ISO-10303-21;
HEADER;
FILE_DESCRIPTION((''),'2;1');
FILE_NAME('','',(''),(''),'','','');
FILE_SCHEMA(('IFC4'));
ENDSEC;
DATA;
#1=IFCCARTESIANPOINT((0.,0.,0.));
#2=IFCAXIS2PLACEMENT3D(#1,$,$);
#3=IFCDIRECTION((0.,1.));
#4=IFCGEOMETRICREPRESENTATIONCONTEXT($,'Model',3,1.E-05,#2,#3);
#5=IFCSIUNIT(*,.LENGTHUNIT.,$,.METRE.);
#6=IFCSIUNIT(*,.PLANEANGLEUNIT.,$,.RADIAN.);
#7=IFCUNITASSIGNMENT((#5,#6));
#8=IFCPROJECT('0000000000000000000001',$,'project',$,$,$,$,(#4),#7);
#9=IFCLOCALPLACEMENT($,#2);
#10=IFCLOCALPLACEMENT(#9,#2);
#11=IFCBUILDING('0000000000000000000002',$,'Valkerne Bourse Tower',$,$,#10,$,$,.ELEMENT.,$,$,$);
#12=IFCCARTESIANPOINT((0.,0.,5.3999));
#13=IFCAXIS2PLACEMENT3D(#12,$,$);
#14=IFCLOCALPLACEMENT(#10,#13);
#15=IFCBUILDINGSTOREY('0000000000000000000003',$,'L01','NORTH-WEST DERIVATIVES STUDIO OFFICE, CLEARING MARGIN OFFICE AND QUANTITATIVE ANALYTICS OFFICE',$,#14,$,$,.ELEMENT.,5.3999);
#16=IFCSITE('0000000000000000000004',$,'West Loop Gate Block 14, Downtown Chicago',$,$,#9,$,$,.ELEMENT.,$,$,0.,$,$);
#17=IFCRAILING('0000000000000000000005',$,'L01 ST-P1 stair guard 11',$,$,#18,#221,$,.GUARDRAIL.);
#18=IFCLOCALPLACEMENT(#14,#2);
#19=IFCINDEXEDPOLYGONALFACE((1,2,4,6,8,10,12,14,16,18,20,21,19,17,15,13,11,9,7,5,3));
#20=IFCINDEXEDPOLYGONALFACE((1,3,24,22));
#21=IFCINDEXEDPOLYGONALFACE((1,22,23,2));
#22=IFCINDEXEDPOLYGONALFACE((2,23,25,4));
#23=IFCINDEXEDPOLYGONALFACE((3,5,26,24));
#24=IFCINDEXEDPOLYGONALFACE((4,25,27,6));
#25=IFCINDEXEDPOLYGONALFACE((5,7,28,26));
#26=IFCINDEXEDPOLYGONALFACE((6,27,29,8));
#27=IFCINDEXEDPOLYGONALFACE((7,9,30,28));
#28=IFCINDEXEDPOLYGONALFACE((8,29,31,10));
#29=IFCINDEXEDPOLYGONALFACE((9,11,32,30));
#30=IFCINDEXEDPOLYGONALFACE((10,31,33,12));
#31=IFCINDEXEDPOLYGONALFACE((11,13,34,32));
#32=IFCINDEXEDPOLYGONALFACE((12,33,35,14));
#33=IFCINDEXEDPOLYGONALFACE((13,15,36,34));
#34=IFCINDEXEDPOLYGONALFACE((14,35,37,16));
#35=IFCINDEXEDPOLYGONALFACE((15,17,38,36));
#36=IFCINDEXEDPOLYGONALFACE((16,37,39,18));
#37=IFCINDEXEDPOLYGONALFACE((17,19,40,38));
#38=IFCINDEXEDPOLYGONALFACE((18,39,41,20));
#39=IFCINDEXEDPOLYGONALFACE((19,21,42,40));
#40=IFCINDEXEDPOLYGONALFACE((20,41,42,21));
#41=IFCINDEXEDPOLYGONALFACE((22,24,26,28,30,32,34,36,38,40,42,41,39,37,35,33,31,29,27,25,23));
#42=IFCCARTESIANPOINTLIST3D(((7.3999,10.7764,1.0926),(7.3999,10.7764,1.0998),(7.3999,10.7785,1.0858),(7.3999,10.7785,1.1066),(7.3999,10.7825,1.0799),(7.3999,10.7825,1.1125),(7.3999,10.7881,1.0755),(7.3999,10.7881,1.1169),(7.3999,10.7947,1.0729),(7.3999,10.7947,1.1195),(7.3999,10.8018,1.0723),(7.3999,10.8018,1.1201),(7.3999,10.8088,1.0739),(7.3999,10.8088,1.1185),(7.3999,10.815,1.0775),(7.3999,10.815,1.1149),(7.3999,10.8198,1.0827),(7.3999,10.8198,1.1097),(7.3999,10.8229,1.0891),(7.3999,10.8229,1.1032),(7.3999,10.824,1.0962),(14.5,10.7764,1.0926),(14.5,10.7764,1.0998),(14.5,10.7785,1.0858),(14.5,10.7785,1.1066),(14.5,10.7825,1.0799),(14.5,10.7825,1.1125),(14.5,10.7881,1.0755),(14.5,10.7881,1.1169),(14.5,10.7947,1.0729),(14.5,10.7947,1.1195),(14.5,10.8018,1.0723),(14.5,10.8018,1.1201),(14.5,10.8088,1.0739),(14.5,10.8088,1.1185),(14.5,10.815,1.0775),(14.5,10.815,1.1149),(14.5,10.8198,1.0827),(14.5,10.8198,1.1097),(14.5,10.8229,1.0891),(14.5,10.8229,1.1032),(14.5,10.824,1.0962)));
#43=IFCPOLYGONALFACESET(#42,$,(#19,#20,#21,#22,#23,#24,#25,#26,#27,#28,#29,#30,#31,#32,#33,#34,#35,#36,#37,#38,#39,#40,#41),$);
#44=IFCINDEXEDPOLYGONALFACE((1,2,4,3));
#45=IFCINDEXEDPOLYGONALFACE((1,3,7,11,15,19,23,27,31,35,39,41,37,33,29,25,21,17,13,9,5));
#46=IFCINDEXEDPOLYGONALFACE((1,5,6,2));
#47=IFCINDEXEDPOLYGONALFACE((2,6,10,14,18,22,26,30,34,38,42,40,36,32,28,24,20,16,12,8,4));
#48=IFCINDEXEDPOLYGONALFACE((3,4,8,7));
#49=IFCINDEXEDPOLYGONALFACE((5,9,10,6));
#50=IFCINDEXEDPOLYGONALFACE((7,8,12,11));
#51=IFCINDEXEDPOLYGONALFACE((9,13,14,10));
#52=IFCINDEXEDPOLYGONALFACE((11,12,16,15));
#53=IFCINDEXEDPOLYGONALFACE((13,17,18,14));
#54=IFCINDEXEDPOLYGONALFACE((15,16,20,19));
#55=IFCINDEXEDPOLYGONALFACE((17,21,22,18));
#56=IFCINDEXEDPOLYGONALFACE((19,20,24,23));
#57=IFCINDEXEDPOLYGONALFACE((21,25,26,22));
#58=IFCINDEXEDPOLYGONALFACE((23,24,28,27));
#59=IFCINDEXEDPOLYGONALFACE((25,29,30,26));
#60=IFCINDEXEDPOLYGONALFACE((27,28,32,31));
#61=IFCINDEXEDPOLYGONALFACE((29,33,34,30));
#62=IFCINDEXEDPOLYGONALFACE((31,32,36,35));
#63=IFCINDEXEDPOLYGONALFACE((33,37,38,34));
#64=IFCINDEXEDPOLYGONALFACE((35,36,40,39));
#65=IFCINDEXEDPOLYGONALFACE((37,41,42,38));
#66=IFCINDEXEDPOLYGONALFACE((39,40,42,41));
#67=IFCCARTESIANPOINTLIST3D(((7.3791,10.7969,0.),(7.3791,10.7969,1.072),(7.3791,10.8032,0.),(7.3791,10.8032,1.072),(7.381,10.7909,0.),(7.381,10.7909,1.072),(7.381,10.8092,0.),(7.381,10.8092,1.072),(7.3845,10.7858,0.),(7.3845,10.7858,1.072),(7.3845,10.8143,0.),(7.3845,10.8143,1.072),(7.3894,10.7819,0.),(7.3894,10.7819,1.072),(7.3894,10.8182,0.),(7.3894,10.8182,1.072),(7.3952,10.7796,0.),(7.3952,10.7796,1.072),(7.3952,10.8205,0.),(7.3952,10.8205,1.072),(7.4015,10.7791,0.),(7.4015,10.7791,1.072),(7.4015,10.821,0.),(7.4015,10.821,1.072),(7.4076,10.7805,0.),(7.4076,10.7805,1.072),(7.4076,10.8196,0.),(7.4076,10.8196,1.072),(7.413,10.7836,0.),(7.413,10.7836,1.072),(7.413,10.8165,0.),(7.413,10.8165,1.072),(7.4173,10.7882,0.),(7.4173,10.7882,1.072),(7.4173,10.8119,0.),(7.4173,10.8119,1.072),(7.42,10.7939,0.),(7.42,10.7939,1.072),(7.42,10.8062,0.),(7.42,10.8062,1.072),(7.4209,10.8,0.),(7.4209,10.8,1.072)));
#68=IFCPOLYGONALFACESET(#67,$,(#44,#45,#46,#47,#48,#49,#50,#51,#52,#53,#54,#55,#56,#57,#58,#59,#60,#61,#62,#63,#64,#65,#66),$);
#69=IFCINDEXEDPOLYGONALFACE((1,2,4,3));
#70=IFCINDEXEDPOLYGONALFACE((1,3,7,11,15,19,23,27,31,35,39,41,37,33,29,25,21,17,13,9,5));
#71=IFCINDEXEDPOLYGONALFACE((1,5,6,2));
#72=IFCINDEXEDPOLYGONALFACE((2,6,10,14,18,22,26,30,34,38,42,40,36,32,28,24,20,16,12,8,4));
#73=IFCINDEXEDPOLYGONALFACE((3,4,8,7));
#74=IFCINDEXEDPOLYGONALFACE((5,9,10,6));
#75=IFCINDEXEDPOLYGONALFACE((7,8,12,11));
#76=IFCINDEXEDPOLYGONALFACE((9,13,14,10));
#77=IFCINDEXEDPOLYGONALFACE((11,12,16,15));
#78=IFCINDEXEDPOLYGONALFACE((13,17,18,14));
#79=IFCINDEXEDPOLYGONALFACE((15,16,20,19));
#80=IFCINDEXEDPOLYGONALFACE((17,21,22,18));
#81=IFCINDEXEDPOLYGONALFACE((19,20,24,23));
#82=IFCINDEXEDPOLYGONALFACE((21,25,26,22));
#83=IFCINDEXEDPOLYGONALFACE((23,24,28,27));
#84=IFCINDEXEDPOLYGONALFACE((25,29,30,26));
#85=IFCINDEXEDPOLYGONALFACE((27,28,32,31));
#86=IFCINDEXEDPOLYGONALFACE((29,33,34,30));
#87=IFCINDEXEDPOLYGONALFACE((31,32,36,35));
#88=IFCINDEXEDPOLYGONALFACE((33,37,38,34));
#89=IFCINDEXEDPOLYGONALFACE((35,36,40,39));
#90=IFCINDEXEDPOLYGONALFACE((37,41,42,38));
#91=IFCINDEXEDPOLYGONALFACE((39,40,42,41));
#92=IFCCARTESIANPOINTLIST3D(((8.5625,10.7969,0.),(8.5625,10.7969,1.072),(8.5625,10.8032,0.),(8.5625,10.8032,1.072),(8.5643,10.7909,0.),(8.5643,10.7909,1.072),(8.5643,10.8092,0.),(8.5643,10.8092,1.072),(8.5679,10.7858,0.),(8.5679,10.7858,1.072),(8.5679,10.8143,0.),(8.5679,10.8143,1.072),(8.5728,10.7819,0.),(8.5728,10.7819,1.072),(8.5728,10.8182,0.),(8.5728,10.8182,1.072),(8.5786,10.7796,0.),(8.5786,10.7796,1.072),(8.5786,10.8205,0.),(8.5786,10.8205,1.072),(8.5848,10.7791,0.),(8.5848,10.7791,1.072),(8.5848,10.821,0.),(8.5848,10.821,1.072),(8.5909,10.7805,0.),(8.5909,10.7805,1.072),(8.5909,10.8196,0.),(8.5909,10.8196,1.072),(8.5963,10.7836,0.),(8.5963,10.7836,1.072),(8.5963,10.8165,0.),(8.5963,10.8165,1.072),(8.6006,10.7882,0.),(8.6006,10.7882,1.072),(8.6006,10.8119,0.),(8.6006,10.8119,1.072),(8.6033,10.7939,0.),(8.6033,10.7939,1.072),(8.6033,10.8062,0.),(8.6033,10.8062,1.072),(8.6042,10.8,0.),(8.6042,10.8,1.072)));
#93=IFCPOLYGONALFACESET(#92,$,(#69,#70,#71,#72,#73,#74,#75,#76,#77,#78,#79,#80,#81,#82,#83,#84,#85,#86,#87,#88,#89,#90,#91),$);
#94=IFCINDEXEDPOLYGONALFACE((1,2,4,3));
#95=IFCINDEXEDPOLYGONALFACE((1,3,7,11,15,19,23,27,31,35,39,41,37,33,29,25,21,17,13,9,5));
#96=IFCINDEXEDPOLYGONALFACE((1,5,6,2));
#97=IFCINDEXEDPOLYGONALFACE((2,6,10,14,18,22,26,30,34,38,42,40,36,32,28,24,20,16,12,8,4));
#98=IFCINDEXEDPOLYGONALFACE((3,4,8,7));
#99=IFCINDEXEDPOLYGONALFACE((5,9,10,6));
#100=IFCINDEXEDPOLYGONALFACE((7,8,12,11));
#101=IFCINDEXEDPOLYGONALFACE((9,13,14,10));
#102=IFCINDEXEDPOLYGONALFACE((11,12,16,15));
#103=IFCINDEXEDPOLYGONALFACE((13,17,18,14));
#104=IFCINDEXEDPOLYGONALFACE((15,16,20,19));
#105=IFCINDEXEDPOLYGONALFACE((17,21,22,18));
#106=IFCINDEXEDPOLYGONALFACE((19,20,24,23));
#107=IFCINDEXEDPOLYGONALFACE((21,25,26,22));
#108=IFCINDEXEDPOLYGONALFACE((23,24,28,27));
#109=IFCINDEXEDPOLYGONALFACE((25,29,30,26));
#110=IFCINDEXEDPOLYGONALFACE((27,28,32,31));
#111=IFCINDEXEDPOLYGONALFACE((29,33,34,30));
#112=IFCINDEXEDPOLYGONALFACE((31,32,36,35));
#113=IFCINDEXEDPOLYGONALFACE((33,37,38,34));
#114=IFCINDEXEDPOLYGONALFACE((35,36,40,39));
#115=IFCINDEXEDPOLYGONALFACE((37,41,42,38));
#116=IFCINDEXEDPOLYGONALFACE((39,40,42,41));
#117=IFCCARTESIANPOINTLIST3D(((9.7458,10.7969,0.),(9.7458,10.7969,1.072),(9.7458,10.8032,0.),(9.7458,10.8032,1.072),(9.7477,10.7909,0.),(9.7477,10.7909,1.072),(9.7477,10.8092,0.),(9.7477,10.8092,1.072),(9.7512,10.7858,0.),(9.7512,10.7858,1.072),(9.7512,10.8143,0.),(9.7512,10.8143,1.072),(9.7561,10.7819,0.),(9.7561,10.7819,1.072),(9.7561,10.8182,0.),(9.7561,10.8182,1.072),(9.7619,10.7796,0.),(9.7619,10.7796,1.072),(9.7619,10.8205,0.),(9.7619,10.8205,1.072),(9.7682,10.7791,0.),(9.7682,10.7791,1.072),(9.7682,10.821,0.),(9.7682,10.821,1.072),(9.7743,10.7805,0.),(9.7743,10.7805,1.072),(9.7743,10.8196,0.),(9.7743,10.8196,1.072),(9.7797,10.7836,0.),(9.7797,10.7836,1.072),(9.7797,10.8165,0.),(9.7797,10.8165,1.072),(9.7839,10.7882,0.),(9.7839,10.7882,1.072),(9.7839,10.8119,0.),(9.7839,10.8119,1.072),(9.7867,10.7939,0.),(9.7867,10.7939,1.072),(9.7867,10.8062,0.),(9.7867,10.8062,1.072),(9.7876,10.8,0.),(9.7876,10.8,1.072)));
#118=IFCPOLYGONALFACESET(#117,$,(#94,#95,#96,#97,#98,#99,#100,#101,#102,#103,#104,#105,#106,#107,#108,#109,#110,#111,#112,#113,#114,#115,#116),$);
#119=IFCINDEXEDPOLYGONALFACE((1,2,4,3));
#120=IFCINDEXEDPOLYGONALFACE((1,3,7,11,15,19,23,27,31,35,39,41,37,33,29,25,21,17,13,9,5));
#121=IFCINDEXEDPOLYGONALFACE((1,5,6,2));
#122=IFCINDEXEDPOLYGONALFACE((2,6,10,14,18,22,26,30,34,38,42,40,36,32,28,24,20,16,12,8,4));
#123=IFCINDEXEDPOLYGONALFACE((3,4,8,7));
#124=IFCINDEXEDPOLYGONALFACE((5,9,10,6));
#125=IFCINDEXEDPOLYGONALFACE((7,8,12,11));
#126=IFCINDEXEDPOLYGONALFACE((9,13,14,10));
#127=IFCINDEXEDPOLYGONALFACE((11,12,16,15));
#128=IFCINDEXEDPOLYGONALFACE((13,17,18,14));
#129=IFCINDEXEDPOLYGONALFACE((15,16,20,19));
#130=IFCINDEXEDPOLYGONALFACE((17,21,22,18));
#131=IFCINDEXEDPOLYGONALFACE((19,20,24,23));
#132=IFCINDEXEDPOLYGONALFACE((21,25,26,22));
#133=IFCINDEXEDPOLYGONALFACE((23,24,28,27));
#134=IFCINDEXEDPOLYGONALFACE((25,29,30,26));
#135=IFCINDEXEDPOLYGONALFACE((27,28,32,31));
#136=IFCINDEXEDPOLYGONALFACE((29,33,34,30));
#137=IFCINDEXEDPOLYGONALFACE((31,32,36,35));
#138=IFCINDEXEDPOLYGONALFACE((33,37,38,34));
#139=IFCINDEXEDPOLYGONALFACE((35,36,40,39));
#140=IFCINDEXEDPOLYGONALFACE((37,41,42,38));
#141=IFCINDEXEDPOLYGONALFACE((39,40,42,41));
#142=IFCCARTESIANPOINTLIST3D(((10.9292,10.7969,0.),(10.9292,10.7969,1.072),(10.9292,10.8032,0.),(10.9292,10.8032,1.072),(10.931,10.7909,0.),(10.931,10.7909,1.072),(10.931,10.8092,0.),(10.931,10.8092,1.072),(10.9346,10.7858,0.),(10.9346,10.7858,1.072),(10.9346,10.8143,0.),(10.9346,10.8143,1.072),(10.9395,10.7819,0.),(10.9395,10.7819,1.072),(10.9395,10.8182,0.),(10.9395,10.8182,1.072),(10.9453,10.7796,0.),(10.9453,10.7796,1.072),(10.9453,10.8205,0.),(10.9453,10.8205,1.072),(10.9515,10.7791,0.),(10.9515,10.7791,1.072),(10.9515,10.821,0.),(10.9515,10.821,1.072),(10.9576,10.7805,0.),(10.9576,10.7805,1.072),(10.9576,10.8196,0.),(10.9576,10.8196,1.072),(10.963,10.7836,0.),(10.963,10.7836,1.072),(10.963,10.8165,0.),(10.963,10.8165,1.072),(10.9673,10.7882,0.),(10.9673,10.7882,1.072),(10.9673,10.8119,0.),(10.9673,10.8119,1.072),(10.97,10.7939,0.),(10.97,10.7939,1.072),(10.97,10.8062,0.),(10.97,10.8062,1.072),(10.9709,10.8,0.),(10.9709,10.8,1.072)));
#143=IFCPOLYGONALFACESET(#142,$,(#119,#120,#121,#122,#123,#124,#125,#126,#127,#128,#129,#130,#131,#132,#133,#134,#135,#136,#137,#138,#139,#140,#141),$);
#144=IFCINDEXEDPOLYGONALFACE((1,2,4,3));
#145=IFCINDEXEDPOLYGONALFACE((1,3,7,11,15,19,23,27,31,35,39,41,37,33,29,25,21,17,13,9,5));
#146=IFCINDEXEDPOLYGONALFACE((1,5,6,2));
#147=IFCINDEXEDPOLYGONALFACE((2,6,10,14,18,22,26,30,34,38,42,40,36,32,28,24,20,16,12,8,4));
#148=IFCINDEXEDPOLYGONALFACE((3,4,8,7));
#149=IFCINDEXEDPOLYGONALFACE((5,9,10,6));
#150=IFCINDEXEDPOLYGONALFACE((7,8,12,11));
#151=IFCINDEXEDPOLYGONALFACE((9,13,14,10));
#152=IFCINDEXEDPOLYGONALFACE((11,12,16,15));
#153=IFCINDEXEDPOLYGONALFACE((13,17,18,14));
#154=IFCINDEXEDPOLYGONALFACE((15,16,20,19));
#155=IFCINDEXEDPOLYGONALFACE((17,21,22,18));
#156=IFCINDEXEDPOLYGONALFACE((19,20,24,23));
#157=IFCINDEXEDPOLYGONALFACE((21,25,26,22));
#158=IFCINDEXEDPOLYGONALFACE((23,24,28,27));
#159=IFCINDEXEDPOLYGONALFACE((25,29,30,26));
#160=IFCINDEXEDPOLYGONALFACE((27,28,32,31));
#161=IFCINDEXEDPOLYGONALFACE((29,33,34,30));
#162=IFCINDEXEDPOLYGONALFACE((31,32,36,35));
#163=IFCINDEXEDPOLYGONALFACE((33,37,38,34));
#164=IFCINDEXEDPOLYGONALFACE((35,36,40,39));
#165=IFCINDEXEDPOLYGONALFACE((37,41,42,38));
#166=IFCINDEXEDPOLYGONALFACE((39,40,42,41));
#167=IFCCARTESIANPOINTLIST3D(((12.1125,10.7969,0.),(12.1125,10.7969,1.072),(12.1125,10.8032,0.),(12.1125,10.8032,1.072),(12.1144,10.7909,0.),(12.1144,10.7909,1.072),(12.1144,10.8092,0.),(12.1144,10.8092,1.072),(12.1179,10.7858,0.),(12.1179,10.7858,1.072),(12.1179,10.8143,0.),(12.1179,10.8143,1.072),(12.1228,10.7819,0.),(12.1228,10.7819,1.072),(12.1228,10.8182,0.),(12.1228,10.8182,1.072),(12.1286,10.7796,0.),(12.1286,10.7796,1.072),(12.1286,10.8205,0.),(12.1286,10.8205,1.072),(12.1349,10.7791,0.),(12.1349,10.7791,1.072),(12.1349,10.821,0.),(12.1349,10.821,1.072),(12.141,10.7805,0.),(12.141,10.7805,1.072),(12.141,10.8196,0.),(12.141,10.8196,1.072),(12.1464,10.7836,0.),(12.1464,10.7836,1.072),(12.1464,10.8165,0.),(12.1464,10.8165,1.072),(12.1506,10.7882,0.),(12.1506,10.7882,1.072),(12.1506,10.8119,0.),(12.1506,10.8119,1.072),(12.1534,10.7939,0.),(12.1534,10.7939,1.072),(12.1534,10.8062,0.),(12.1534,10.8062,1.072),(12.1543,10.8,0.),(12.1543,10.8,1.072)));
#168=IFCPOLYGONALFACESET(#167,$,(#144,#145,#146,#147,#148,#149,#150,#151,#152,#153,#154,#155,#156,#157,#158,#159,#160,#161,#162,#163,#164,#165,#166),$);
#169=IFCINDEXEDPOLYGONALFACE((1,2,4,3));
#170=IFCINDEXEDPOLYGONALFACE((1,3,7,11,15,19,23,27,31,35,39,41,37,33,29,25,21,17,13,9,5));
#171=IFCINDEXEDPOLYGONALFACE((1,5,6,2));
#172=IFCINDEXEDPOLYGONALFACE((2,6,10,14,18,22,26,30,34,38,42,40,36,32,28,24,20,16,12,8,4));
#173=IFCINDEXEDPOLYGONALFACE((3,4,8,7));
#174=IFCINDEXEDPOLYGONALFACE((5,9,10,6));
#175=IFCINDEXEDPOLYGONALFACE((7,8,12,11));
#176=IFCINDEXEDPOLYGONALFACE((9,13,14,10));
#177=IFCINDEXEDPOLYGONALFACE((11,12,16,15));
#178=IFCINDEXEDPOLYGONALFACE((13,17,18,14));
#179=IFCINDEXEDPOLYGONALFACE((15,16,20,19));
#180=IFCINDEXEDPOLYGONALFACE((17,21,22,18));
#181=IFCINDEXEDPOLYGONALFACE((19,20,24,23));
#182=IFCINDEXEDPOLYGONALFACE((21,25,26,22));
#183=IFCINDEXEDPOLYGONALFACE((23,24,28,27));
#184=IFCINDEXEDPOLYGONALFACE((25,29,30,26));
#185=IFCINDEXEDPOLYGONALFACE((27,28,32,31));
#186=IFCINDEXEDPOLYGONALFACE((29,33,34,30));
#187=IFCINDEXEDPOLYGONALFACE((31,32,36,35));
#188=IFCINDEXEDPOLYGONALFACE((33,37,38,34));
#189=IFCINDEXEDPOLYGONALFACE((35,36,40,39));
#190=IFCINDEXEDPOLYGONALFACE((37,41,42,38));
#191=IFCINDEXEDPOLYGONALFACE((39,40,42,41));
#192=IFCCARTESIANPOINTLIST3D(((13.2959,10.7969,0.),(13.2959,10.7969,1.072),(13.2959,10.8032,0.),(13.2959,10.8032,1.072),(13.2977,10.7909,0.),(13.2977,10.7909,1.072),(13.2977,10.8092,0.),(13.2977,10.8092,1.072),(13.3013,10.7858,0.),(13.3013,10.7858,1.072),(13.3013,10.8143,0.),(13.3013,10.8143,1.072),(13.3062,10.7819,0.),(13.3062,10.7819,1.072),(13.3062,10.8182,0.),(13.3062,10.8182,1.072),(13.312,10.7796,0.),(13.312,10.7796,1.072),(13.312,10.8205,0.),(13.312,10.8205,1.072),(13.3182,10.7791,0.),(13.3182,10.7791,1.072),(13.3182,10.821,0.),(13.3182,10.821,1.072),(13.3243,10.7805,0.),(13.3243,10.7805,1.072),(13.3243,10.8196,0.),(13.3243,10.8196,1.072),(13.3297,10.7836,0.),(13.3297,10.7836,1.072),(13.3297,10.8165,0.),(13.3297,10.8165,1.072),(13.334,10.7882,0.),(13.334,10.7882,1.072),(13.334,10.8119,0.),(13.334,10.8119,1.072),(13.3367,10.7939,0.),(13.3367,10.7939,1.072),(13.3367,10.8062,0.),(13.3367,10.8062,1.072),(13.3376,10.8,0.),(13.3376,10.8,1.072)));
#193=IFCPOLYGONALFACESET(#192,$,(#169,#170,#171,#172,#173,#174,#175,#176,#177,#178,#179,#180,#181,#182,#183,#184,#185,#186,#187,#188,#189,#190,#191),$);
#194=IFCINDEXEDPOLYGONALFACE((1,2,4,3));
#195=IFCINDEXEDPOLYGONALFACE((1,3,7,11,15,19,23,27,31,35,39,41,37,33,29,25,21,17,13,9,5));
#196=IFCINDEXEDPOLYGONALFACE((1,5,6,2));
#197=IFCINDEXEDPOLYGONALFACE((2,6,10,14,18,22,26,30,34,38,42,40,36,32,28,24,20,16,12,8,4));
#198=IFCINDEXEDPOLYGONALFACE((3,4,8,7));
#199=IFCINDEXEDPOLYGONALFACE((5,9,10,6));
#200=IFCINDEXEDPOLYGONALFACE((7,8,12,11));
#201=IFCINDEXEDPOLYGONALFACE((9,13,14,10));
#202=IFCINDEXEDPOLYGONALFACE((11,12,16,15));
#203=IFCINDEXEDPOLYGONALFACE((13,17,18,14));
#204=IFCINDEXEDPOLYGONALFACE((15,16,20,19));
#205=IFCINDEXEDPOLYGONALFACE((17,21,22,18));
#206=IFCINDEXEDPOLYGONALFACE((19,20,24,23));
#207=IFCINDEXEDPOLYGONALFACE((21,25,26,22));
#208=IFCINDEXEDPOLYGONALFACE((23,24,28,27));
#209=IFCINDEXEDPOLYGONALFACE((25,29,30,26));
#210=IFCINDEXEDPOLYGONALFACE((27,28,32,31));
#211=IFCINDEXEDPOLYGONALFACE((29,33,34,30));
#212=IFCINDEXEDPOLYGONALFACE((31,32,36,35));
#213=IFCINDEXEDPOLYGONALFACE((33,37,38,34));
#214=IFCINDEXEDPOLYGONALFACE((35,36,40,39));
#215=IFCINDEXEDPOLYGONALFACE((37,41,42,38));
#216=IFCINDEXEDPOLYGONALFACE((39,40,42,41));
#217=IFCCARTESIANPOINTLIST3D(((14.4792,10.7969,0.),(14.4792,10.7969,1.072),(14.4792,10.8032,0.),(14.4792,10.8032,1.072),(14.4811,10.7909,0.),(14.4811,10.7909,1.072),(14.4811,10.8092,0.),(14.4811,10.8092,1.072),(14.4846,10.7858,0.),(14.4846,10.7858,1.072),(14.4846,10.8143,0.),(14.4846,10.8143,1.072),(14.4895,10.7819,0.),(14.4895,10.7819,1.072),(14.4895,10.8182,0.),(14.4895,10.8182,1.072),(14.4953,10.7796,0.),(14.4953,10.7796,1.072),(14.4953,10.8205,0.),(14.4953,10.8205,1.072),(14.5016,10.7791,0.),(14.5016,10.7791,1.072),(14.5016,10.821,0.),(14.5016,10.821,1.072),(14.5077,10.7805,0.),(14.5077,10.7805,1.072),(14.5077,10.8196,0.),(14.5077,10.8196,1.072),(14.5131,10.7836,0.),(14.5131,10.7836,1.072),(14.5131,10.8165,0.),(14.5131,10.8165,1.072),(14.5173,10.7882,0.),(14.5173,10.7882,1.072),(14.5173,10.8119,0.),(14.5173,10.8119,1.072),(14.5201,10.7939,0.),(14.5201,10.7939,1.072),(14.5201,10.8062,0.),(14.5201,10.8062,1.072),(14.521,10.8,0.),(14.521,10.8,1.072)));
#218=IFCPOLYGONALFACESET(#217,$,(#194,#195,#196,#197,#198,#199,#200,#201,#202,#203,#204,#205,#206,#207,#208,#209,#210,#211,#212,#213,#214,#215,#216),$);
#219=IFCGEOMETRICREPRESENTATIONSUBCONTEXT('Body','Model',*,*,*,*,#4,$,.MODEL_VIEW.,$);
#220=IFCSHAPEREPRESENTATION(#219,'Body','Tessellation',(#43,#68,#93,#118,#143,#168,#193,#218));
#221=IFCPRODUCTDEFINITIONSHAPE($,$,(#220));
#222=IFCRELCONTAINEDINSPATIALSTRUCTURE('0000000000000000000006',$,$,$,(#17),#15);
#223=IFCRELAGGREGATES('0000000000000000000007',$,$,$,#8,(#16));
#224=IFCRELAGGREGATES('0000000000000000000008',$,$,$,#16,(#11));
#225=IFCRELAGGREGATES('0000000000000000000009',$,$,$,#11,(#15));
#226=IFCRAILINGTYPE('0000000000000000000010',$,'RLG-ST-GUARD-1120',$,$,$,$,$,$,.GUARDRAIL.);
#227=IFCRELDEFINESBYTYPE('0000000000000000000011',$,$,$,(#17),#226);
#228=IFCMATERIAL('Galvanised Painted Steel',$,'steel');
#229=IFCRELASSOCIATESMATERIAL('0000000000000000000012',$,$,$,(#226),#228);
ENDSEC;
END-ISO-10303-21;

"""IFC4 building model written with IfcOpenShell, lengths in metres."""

from ifc_helpers import new_model, si_unit, direction, frame, origin, origin_2d, place, context, subcontext, project, spatial, circle, extrude, material, type_object, element, save


model = new_model("IFC4")

# Units and contexts
model_context = context("Model", 3, precision=1e-05, world=origin(), true_north=direction((0.0, 1.0)))
body_context = subcontext(model_context, "Body", "Model", "MODEL_VIEW")
ifc_project = project(units=[si_unit("LENGTHUNIT", "METRE"), si_unit("PLANEANGLEUNIT", "RADIAN")], contexts=[model_context])

# Site, building, storey
site_placement = place(None, origin())
site = spatial("IfcSite", under=ifc_project, at=site_placement, Name="West Loop Gate Block 14, Downtown Chicago", CompositionType="ELEMENT", RefElevation=0.0)
building_placement = place(site_placement, origin())
building = spatial("IfcBuilding", under=site, at=building_placement, Name="Valkerne Bourse Tower", CompositionType="ELEMENT")
storey_placement = place(building_placement, frame((0.0, 0.0, 5.3999)))
storey = spatial("IfcBuildingStorey", under=building, at=storey_placement, Name="L01", Description="NORTH-WEST DERIVATIVES STUDIO OFFICE, CLEARING MARGIN OFFICE AND QUANTITATIVE ANALYTICS OFFICE", CompositionType="ELEMENT", Elevation=5.3999)

# Shared definitions
ifc_material_1 = material(Name="Galvanised Painted Steel", Category="steel")

# Railing
railing_type_1 = type_object("IfcRailingType", Name="RLG-ST-GUARD-1120", PredefinedType="GUARDRAIL", material=ifc_material_1)
railing_1_placement = place(storey_placement, frame((7.3999, 10.8, 0.0)))
element("IfcRailing", 1, at=railing_1_placement, inside=storey, type_object=railing_type_1, Name="L01 ST-P1 stair guard 11", PredefinedType="GUARDRAIL", context=body_context, shape_type="SweptSolid", body=[
    extrude(circle(Radius=0.0239, at=origin_2d()), frame((0.0, 0.0, 1.0962), z_axis=(1.0, 0.0, 0.0), x_axis=(0.0, 1.0, 0.0)), (0.0, 0.0, 1.0), 7.1001),
    extrude(circle(Radius=0.021, at=origin_2d()), origin(), (0.0, 0.0, 1.0), 1.072),
    extrude(circle(Radius=0.021, at=origin_2d()), frame((1.1833, 0.0, 0.0)), (0.0, 0.0, 1.0), 1.072),
    extrude(circle(Radius=0.021, at=origin_2d()), frame((2.3667, 0.0, 0.0)), (0.0, 0.0, 1.0), 1.072),
    extrude(circle(Radius=0.021, at=origin_2d()), frame((3.55, 0.0, 0.0)), (0.0, 0.0, 1.0), 1.072),
    extrude(circle(Radius=0.021, at=origin_2d()), frame((4.7334, 0.0, 0.0)), (0.0, 0.0, 1.0), 1.072),
    extrude(circle(Radius=0.021, at=origin_2d()), frame((5.9167, 0.0, 0.0)), (0.0, 0.0, 1.0), 1.072),
    extrude(circle(Radius=0.021, at=origin_2d()), frame((7.1001, 0.0, 0.0)), (0.0, 0.0, 1.0), 1.072),
])

save(model, "model.ifc")
